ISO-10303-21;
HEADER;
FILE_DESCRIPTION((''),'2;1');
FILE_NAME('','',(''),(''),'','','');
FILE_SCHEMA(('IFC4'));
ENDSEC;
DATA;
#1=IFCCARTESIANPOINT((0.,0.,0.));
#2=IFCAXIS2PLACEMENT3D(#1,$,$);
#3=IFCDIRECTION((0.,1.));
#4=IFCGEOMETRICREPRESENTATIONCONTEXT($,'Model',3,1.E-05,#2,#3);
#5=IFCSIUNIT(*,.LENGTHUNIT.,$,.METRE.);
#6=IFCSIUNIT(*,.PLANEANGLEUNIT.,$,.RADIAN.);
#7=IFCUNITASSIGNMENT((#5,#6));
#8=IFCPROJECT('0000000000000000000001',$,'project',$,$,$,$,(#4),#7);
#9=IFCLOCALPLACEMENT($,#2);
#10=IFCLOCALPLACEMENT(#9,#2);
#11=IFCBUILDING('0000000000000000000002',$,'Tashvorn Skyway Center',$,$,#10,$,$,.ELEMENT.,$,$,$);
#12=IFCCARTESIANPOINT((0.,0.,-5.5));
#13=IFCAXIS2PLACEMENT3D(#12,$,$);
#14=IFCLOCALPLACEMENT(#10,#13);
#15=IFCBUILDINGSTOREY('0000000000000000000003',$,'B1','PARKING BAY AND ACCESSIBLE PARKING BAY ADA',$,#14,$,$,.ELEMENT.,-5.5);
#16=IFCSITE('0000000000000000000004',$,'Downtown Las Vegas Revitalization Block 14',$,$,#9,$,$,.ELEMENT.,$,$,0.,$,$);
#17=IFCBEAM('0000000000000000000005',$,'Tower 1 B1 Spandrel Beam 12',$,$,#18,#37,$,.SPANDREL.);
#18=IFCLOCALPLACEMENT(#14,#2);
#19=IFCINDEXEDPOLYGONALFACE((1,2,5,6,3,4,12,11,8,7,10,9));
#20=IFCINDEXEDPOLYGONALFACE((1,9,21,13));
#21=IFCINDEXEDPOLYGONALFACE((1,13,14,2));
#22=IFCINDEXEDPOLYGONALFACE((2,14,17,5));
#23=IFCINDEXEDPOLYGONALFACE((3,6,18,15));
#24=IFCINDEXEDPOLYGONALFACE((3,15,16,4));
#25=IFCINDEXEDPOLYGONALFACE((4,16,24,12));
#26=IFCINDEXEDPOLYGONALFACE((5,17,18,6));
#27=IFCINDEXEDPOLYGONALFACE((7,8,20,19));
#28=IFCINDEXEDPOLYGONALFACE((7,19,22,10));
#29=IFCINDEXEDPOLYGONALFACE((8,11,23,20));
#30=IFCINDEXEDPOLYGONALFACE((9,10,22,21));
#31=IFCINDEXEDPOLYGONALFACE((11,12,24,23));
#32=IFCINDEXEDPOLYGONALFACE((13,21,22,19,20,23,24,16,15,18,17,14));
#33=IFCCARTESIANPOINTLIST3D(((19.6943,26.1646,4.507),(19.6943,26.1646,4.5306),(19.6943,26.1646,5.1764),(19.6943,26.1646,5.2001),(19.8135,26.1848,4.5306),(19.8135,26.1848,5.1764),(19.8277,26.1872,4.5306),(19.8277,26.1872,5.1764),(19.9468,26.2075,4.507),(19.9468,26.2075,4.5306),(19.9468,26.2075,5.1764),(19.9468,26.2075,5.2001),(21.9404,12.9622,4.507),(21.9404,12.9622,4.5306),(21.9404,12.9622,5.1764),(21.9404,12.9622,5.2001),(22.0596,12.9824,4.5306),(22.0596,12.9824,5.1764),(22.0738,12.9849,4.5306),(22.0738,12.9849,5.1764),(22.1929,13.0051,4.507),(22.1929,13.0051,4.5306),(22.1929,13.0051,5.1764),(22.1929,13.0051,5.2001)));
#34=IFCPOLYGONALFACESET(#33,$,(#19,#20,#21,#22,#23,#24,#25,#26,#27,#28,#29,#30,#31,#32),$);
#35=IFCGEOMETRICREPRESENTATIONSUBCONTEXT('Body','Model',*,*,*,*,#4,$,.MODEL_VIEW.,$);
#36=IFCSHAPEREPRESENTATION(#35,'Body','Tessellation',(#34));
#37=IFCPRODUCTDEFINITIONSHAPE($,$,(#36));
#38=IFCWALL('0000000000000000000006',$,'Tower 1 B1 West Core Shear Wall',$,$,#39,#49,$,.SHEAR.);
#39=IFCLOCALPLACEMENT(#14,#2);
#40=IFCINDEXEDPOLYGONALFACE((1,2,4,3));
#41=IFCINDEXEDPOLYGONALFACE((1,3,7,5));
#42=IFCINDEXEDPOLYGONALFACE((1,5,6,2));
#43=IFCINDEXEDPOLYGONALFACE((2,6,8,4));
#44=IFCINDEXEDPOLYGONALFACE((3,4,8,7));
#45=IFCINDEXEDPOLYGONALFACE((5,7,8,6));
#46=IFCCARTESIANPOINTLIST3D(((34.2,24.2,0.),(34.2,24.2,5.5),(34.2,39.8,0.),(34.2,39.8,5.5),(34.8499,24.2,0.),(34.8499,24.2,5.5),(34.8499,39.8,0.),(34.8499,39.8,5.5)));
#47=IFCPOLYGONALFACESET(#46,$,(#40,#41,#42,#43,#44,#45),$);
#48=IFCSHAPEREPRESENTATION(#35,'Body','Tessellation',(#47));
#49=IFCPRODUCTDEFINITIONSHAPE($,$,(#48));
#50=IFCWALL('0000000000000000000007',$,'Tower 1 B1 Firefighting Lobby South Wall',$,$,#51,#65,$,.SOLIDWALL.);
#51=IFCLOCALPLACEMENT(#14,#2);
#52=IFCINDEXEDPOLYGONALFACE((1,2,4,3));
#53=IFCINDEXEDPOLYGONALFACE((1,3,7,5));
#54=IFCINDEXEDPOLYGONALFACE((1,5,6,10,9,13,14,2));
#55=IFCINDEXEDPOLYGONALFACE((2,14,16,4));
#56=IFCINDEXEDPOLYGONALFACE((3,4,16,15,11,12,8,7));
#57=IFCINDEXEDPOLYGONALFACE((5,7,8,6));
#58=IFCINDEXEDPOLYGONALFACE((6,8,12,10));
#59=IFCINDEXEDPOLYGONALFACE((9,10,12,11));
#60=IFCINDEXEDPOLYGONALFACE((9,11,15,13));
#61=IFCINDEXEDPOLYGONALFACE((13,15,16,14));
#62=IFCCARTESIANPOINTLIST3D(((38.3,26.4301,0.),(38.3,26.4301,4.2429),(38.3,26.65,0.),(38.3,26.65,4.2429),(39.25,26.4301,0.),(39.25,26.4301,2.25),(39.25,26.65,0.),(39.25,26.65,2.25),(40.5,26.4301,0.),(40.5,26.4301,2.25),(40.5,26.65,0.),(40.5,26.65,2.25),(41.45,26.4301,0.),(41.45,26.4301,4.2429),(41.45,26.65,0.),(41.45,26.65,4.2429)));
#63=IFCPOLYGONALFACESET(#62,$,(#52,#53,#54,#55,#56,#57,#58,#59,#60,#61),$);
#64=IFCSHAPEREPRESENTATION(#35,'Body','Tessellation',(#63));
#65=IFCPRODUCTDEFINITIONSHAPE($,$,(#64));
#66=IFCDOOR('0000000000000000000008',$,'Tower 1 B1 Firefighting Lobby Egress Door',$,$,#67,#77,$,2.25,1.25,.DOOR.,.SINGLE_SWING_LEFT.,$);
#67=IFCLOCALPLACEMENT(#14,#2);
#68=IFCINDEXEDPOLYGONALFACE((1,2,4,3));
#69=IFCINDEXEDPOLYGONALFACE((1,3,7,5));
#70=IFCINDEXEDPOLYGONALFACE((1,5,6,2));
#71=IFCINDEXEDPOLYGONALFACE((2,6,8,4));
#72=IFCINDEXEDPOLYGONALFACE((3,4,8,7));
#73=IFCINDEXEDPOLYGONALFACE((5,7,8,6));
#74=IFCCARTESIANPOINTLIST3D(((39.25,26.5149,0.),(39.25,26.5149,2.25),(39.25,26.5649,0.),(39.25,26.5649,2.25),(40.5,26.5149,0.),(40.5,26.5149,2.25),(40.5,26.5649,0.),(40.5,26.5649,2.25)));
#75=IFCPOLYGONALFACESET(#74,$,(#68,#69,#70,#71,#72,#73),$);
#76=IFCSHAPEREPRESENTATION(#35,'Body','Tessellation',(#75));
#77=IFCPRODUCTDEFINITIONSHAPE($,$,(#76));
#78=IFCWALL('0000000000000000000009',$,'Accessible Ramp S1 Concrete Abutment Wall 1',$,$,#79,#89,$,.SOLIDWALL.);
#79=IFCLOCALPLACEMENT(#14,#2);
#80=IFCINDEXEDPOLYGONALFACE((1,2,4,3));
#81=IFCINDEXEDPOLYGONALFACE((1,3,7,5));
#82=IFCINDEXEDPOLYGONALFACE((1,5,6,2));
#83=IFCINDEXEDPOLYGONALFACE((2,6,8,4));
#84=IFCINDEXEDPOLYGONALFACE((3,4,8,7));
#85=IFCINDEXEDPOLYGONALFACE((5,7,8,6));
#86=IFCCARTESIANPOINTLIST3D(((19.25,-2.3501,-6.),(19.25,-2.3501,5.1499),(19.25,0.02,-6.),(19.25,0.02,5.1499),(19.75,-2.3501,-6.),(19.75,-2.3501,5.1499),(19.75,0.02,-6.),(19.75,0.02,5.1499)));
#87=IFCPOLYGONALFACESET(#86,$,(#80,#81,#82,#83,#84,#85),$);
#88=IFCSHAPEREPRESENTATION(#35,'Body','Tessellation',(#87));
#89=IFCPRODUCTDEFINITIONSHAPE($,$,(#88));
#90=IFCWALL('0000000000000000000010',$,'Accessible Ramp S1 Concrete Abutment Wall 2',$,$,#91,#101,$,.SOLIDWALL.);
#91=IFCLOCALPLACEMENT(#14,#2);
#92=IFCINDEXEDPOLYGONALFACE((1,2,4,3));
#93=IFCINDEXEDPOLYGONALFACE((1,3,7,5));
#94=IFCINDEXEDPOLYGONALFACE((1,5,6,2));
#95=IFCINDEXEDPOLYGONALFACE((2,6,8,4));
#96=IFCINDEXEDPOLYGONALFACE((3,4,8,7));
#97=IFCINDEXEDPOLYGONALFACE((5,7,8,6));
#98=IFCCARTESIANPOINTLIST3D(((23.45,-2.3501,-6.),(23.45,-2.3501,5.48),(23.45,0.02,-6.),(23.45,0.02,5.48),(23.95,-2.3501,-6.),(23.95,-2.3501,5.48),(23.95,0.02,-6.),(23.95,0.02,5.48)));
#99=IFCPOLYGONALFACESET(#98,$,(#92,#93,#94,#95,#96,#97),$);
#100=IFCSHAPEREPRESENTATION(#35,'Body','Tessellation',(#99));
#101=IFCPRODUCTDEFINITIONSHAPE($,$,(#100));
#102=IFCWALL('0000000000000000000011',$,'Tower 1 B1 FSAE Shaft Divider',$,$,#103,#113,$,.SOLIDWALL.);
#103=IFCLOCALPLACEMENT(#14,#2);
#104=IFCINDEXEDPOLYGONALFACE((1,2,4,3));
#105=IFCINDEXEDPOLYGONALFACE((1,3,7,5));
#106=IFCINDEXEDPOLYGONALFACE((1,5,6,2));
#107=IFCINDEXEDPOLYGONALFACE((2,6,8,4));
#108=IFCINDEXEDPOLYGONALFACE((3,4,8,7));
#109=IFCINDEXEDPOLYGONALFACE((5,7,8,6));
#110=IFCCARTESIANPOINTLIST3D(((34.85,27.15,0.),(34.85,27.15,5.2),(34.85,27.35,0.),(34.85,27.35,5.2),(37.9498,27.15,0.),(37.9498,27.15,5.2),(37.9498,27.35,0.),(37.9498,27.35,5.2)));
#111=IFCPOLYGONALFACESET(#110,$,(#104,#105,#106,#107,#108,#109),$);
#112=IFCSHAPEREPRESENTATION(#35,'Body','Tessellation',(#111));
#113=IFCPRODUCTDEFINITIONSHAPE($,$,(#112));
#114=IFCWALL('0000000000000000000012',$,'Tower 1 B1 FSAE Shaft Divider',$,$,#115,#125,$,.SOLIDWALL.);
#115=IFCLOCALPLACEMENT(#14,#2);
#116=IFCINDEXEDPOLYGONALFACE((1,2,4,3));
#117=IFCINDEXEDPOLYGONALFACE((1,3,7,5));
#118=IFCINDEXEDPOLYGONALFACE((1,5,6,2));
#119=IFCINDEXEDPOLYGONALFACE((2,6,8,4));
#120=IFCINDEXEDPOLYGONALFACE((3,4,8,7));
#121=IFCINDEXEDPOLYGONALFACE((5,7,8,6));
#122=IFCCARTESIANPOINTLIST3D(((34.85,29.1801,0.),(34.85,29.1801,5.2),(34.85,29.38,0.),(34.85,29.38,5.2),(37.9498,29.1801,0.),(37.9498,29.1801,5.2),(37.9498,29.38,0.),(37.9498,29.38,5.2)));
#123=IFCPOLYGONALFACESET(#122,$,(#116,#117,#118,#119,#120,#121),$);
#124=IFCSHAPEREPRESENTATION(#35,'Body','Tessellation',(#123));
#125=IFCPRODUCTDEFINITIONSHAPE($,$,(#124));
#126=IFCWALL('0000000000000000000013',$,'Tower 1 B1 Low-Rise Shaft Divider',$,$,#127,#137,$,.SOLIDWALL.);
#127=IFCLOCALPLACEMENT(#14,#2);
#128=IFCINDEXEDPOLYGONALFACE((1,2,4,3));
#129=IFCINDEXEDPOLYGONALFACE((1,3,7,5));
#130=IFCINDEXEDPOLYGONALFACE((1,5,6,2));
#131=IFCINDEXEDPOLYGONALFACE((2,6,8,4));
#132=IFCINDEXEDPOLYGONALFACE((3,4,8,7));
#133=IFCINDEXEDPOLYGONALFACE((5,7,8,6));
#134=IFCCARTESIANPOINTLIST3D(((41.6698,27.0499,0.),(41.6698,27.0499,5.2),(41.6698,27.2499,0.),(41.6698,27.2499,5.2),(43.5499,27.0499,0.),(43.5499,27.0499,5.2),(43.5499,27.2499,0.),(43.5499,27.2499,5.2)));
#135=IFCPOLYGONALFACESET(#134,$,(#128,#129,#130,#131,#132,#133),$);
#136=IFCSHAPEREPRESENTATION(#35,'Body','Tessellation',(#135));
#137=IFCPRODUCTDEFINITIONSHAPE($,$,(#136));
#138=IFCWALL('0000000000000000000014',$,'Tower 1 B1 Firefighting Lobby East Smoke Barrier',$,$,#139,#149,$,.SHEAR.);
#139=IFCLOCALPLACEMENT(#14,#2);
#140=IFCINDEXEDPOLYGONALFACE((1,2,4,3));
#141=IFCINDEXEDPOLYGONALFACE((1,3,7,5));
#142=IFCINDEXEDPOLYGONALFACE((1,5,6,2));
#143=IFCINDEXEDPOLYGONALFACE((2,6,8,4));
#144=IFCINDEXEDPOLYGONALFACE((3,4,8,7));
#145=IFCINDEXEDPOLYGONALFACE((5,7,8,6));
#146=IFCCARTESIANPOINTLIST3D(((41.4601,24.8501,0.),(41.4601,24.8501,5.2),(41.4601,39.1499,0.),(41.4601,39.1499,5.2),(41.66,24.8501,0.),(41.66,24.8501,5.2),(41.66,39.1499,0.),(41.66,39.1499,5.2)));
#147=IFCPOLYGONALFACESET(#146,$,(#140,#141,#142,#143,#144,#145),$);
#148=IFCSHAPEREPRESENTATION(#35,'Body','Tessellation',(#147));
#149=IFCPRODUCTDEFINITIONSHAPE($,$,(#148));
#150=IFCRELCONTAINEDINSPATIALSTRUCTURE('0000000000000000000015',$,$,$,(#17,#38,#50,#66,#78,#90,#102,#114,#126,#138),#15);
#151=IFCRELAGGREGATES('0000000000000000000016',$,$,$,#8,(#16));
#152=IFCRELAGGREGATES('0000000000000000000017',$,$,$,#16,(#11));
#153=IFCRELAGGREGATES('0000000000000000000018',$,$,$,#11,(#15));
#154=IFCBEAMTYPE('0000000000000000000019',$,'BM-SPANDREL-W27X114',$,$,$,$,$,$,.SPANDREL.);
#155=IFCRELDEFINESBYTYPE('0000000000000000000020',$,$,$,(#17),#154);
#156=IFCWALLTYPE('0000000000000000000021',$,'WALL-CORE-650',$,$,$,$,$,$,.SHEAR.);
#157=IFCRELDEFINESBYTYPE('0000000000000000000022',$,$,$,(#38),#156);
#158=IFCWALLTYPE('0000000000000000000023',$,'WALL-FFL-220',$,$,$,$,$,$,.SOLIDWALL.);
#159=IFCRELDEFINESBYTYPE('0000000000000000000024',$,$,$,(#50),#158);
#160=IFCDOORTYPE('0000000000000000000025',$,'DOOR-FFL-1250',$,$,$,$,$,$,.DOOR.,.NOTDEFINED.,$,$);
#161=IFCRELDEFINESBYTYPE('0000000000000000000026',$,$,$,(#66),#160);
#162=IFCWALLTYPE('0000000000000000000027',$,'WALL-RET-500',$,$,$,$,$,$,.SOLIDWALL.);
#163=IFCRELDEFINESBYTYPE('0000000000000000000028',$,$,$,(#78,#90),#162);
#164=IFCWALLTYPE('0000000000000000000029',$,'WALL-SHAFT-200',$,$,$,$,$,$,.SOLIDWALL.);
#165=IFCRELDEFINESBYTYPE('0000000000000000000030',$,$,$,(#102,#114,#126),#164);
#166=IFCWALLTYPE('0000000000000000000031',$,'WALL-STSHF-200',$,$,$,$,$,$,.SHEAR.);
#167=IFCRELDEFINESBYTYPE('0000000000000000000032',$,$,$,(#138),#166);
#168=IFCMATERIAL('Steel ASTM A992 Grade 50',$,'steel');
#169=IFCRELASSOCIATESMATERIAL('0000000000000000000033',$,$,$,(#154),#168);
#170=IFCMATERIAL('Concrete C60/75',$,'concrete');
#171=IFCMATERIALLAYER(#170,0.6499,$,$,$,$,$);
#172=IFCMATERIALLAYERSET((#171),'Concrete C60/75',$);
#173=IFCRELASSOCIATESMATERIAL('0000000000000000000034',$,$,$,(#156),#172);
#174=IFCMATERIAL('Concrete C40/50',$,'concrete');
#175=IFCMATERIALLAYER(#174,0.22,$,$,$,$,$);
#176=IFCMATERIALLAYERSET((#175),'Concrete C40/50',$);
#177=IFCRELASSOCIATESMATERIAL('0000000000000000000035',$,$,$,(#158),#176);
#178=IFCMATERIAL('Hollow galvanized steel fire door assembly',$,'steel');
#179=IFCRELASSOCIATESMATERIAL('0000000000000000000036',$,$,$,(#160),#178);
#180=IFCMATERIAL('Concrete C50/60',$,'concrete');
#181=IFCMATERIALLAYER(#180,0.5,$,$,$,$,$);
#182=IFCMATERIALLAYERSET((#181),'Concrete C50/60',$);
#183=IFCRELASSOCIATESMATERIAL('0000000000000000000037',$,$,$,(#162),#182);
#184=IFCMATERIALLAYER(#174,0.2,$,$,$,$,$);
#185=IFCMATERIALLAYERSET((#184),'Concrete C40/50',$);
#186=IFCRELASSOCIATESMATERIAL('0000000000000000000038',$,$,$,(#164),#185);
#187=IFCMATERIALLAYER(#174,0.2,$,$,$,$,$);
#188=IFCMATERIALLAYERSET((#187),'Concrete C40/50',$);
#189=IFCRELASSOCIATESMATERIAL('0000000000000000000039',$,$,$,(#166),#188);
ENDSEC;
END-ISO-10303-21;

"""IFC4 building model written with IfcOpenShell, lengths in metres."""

from ifc_helpers import new_model, si_unit, direction, frame, frame_2d, origin, origin_2d, place, context, subcontext, project, spatial, rectangle, i_section, extrude, material, layer, layer_set, material_profile, profile_set, type_object, element, fill, save


model = new_model("IFC4")

# Units and contexts
model_context = context("Model", 3, precision=1e-05, world=origin(), true_north=direction((0.0, 1.0)))
body_context = subcontext(model_context, "Body", "Model", "MODEL_VIEW")
ifc_project = project(units=[si_unit("LENGTHUNIT", "METRE"), si_unit("PLANEANGLEUNIT", "RADIAN")], contexts=[model_context])

# Site, building, storey
site_placement = place(None, origin())
site = spatial("IfcSite", under=ifc_project, at=site_placement, Name="Downtown Las Vegas Revitalization Block 14", CompositionType="ELEMENT", RefElevation=0.0)
building_placement = place(site_placement, origin())
building = spatial("IfcBuilding", under=site, at=building_placement, Name="Tashvorn Skyway Center", CompositionType="ELEMENT")
storey_placement = place(building_placement, frame((0.0, 0.0, -5.5)))
storey = spatial("IfcBuildingStorey", under=building, at=storey_placement, Name="B1", Description="PARKING BAY AND ACCESSIBLE PARKING BAY ADA", CompositionType="ELEMENT", Elevation=-5.5)

# Beam
ifc_material_1 = material(Name="Steel ASTM A992 Grade 50", Category="steel")
ifc_material_profile_1 = material_profile(ifc_material_1, i_section(OverallWidth=0.2561, OverallDepth=0.6931, WebThickness=0.0144, FlangeThickness=0.0237, at=origin_2d()), Name="W27X114")
ifc_profile_set_1 = profile_set([ifc_material_profile_1], Name="Steel ASTM A992 Grade 50")
beam_type_1 = type_object("IfcBeamType", Name="BM-SPANDREL-W27X114", PredefinedType="SPANDREL", material=ifc_profile_set_1)
beam_1_placement = place(storey_placement, frame((19.8206, 26.186, 4.8535), z_axis=(0.167718, -0.985835, 0.0), x_axis=(0.985835, 0.167718, 0.0)))
element("IfcBeam", 1, at=beam_1_placement, inside=storey, type_object=beam_type_1, Name="Tower 1 B1 Spandrel Beam 12", PredefinedType="SPANDREL", context=body_context, shape_type="SweptSolid", body=[
    extrude(i_section(OverallWidth=0.2561, OverallDepth=0.6931, WebThickness=0.0144, FlangeThickness=0.0237, at=origin_2d()), origin(), (0.0, 0.0, 1.0), 13.3921),
])

# Wall
ifc_material_2 = material(Name="Concrete C60/75", Category="concrete")
ifc_layer_1 = layer(ifc_material_2, 0.6499)
ifc_layer_set_1 = layer_set([ifc_layer_1], Name="Concrete C60/75")
wall_type_1 = type_object("IfcWallType", Name="WALL-CORE-650", PredefinedType="SHEAR", material=ifc_layer_set_1)
wall_1_placement = place(storey_placement, frame((34.5249, 24.2, 0.0), z_axis=(0.0, 0.0, 1.0), x_axis=(0.0, 1.0, 0.0)))
element("IfcWall", 2, at=wall_1_placement, inside=storey, type_object=wall_type_1, Name="Tower 1 B1 West Core Shear Wall", PredefinedType="SHEAR", context=body_context, shape_type="SweptSolid", body=[
    extrude(rectangle(XDim=15.6001, YDim=0.6499, at=frame_2d((7.8, 0.0))), origin(), (0.0, 0.0, 1.0), 5.5),
])

# Wall, opening, door
ifc_material_3 = material(Name="Concrete C40/50", Category="concrete")
ifc_layer_2 = layer(ifc_material_3, 0.22)
ifc_layer_set_2 = layer_set([ifc_layer_2], Name="Concrete C40/50")
wall_type_2 = type_object("IfcWallType", Name="WALL-FFL-220", PredefinedType="SOLIDWALL", material=ifc_layer_set_2)
wall_2_placement = place(storey_placement, frame((38.3, 26.54, 0.0), z_axis=(0.0, 0.0, 1.0), x_axis=(1.0, 0.0, 0.0)))
wall_2 = element("IfcWall", 3, at=wall_2_placement, inside=storey, type_object=wall_type_2, Name="Tower 1 B1 Firefighting Lobby South Wall", PredefinedType="SOLIDWALL", context=body_context, shape_type="SweptSolid", body=[
    extrude(rectangle(XDim=3.1499, YDim=0.22, at=frame_2d((1.575, 0.0))), origin(), (0.0, 0.0, 1.0), 4.2429),
])
opening_1_placement = place(wall_2_placement, frame((0.95, 0.0, 0.0)))
opening_1 = element("IfcOpeningElement", 4, at=opening_1_placement, cuts=wall_2, PredefinedType="OPENING", context=body_context, shape_type="SweptSolid", body=[
    extrude(rectangle(XDim=1.25, YDim=2.25, at=frame_2d((0.625, 1.125))), frame((0.0, 0.1199, 0.0), z_axis=(0.0, -1.0, 0.0), x_axis=(1.0, 0.0, 0.0)), (0.0, 0.0, 1.0), 0.24),
])
ifc_material_4 = material(Name="Hollow galvanized steel fire door assembly", Category="steel")
door_type_1 = type_object("IfcDoorType", Name="DOOR-FFL-1250", OperationType="NOTDEFINED", PredefinedType="DOOR", material=ifc_material_4)
door_1_placement = place(opening_1_placement, origin())
door_1 = element("IfcDoor", 5, at=door_1_placement, inside=storey, type_object=door_type_1, Name="Tower 1 B1 Firefighting Lobby Egress Door", OperationType="SINGLE_SWING_LEFT", OverallHeight=2.25, OverallWidth=1.25, PredefinedType="DOOR", context=body_context, shape_type="SweptSolid", body=[
    extrude(rectangle(XDim=1.25, YDim=2.25, at=frame_2d((0.625, 1.125))), frame((0.0, 0.0249, 0.0), z_axis=(0.0, -1.0, 0.0), x_axis=(1.0, 0.0, 0.0)), (0.0, 0.0, 1.0), 0.05),
])
fill(opening_1, door_1)

# Walls
ifc_material_5 = material(Name="Concrete C50/60", Category="concrete")
ifc_layer_3 = layer(ifc_material_5, 0.5)
ifc_layer_set_3 = layer_set([ifc_layer_3], Name="Concrete C50/60")
wall_type_3 = type_object("IfcWallType", Name="WALL-RET-500", PredefinedType="SOLIDWALL", material=ifc_layer_set_3)
wall_3_placement = place(storey_placement, frame((19.5, -2.3501, -6.0), z_axis=(0.0, 0.0, 1.0), x_axis=(0.0, 1.0, 0.0)))
element("IfcWall", 6, at=wall_3_placement, inside=storey, type_object=wall_type_3, Name="Accessible Ramp S1 Concrete Abutment Wall 1", PredefinedType="SOLIDWALL", context=body_context, shape_type="SweptSolid", body=[
    extrude(rectangle(XDim=2.3701, YDim=0.5, at=frame_2d((1.1851, 0.0))), origin(), (0.0, 0.0, 1.0), 11.1499),
])
wall_4_placement = place(storey_placement, frame((23.7, -2.3501, -6.0), z_axis=(0.0, 0.0, 1.0), x_axis=(0.0, 1.0, 0.0)))
element("IfcWall", 7, at=wall_4_placement, inside=storey, type_object=wall_type_3, Name="Accessible Ramp S1 Concrete Abutment Wall 2", PredefinedType="SOLIDWALL", context=body_context, shape_type="SweptSolid", body=[
    extrude(rectangle(XDim=2.3701, YDim=0.5, at=frame_2d((1.1851, 0.0))), origin(), (0.0, 0.0, 1.0), 11.48),
])
ifc_layer_4 = layer(ifc_material_3, 0.2)
ifc_layer_set_4 = layer_set([ifc_layer_4], Name="Concrete C40/50")
wall_type_4 = type_object("IfcWallType", Name="WALL-SHAFT-200", PredefinedType="SOLIDWALL", material=ifc_layer_set_4)
for number, where, z_axis, x_axis, name in (
    (8, (34.8501, 27.25, 0.0), (0.0, 0.0, 1.0), (1.0, 0.0, 0.0), "Tower 1 B1 FSAE Shaft Divider"),
    (9, (34.8501, 29.28, 0.0), (0.0, 0.0, 1.0), (1.0, 0.0, 0.0), "Tower 1 B1 FSAE Shaft Divider"),
):
    element("IfcWall", number, at=place(storey_placement, frame(where, z_axis=z_axis, x_axis=x_axis)), inside=storey, type_object=wall_type_4, Name=name, PredefinedType="SOLIDWALL", context=body_context, shape_type="SweptSolid", body=[
        extrude(rectangle(XDim=3.0999, YDim=0.2, at=frame_2d((1.5498, 0.0))), origin(), (0.0, 0.0, 1.0), 5.2),
    ])
wall_5_placement = place(storey_placement, frame((41.6699, 27.1499, 0.0), z_axis=(0.0, 0.0, 1.0), x_axis=(1.0, 0.0, 0.0)))
element("IfcWall", 10, at=wall_5_placement, inside=storey, type_object=wall_type_4, Name="Tower 1 B1 Low-Rise Shaft Divider", PredefinedType="SOLIDWALL", context=body_context, shape_type="SweptSolid", body=[
    extrude(rectangle(XDim=1.8801, YDim=0.2, at=frame_2d((0.9399, 0.0))), origin(), (0.0, 0.0, 1.0), 5.2),
])
ifc_layer_5 = layer(ifc_material_3, 0.2)
ifc_layer_set_5 = layer_set([ifc_layer_5], Name="Concrete C40/50")
wall_type_5 = type_object("IfcWallType", Name="WALL-STSHF-200", PredefinedType="SHEAR", material=ifc_layer_set_5)
wall_6_placement = place(storey_placement, frame((41.5601, 24.8501, 0.0), z_axis=(0.0, 0.0, 1.0), x_axis=(0.0, 1.0, 0.0)))
element("IfcWall", 11, at=wall_6_placement, inside=storey, type_object=wall_type_5, Name="Tower 1 B1 Firefighting Lobby East Smoke Barrier", PredefinedType="SHEAR", context=body_context, shape_type="SweptSolid", body=[
    extrude(rectangle(XDim=14.2998, YDim=0.2, at=frame_2d((7.1499, 0.0))), origin(), (0.0, 0.0, 1.0), 5.2),
])

save(model, "model.ifc")
